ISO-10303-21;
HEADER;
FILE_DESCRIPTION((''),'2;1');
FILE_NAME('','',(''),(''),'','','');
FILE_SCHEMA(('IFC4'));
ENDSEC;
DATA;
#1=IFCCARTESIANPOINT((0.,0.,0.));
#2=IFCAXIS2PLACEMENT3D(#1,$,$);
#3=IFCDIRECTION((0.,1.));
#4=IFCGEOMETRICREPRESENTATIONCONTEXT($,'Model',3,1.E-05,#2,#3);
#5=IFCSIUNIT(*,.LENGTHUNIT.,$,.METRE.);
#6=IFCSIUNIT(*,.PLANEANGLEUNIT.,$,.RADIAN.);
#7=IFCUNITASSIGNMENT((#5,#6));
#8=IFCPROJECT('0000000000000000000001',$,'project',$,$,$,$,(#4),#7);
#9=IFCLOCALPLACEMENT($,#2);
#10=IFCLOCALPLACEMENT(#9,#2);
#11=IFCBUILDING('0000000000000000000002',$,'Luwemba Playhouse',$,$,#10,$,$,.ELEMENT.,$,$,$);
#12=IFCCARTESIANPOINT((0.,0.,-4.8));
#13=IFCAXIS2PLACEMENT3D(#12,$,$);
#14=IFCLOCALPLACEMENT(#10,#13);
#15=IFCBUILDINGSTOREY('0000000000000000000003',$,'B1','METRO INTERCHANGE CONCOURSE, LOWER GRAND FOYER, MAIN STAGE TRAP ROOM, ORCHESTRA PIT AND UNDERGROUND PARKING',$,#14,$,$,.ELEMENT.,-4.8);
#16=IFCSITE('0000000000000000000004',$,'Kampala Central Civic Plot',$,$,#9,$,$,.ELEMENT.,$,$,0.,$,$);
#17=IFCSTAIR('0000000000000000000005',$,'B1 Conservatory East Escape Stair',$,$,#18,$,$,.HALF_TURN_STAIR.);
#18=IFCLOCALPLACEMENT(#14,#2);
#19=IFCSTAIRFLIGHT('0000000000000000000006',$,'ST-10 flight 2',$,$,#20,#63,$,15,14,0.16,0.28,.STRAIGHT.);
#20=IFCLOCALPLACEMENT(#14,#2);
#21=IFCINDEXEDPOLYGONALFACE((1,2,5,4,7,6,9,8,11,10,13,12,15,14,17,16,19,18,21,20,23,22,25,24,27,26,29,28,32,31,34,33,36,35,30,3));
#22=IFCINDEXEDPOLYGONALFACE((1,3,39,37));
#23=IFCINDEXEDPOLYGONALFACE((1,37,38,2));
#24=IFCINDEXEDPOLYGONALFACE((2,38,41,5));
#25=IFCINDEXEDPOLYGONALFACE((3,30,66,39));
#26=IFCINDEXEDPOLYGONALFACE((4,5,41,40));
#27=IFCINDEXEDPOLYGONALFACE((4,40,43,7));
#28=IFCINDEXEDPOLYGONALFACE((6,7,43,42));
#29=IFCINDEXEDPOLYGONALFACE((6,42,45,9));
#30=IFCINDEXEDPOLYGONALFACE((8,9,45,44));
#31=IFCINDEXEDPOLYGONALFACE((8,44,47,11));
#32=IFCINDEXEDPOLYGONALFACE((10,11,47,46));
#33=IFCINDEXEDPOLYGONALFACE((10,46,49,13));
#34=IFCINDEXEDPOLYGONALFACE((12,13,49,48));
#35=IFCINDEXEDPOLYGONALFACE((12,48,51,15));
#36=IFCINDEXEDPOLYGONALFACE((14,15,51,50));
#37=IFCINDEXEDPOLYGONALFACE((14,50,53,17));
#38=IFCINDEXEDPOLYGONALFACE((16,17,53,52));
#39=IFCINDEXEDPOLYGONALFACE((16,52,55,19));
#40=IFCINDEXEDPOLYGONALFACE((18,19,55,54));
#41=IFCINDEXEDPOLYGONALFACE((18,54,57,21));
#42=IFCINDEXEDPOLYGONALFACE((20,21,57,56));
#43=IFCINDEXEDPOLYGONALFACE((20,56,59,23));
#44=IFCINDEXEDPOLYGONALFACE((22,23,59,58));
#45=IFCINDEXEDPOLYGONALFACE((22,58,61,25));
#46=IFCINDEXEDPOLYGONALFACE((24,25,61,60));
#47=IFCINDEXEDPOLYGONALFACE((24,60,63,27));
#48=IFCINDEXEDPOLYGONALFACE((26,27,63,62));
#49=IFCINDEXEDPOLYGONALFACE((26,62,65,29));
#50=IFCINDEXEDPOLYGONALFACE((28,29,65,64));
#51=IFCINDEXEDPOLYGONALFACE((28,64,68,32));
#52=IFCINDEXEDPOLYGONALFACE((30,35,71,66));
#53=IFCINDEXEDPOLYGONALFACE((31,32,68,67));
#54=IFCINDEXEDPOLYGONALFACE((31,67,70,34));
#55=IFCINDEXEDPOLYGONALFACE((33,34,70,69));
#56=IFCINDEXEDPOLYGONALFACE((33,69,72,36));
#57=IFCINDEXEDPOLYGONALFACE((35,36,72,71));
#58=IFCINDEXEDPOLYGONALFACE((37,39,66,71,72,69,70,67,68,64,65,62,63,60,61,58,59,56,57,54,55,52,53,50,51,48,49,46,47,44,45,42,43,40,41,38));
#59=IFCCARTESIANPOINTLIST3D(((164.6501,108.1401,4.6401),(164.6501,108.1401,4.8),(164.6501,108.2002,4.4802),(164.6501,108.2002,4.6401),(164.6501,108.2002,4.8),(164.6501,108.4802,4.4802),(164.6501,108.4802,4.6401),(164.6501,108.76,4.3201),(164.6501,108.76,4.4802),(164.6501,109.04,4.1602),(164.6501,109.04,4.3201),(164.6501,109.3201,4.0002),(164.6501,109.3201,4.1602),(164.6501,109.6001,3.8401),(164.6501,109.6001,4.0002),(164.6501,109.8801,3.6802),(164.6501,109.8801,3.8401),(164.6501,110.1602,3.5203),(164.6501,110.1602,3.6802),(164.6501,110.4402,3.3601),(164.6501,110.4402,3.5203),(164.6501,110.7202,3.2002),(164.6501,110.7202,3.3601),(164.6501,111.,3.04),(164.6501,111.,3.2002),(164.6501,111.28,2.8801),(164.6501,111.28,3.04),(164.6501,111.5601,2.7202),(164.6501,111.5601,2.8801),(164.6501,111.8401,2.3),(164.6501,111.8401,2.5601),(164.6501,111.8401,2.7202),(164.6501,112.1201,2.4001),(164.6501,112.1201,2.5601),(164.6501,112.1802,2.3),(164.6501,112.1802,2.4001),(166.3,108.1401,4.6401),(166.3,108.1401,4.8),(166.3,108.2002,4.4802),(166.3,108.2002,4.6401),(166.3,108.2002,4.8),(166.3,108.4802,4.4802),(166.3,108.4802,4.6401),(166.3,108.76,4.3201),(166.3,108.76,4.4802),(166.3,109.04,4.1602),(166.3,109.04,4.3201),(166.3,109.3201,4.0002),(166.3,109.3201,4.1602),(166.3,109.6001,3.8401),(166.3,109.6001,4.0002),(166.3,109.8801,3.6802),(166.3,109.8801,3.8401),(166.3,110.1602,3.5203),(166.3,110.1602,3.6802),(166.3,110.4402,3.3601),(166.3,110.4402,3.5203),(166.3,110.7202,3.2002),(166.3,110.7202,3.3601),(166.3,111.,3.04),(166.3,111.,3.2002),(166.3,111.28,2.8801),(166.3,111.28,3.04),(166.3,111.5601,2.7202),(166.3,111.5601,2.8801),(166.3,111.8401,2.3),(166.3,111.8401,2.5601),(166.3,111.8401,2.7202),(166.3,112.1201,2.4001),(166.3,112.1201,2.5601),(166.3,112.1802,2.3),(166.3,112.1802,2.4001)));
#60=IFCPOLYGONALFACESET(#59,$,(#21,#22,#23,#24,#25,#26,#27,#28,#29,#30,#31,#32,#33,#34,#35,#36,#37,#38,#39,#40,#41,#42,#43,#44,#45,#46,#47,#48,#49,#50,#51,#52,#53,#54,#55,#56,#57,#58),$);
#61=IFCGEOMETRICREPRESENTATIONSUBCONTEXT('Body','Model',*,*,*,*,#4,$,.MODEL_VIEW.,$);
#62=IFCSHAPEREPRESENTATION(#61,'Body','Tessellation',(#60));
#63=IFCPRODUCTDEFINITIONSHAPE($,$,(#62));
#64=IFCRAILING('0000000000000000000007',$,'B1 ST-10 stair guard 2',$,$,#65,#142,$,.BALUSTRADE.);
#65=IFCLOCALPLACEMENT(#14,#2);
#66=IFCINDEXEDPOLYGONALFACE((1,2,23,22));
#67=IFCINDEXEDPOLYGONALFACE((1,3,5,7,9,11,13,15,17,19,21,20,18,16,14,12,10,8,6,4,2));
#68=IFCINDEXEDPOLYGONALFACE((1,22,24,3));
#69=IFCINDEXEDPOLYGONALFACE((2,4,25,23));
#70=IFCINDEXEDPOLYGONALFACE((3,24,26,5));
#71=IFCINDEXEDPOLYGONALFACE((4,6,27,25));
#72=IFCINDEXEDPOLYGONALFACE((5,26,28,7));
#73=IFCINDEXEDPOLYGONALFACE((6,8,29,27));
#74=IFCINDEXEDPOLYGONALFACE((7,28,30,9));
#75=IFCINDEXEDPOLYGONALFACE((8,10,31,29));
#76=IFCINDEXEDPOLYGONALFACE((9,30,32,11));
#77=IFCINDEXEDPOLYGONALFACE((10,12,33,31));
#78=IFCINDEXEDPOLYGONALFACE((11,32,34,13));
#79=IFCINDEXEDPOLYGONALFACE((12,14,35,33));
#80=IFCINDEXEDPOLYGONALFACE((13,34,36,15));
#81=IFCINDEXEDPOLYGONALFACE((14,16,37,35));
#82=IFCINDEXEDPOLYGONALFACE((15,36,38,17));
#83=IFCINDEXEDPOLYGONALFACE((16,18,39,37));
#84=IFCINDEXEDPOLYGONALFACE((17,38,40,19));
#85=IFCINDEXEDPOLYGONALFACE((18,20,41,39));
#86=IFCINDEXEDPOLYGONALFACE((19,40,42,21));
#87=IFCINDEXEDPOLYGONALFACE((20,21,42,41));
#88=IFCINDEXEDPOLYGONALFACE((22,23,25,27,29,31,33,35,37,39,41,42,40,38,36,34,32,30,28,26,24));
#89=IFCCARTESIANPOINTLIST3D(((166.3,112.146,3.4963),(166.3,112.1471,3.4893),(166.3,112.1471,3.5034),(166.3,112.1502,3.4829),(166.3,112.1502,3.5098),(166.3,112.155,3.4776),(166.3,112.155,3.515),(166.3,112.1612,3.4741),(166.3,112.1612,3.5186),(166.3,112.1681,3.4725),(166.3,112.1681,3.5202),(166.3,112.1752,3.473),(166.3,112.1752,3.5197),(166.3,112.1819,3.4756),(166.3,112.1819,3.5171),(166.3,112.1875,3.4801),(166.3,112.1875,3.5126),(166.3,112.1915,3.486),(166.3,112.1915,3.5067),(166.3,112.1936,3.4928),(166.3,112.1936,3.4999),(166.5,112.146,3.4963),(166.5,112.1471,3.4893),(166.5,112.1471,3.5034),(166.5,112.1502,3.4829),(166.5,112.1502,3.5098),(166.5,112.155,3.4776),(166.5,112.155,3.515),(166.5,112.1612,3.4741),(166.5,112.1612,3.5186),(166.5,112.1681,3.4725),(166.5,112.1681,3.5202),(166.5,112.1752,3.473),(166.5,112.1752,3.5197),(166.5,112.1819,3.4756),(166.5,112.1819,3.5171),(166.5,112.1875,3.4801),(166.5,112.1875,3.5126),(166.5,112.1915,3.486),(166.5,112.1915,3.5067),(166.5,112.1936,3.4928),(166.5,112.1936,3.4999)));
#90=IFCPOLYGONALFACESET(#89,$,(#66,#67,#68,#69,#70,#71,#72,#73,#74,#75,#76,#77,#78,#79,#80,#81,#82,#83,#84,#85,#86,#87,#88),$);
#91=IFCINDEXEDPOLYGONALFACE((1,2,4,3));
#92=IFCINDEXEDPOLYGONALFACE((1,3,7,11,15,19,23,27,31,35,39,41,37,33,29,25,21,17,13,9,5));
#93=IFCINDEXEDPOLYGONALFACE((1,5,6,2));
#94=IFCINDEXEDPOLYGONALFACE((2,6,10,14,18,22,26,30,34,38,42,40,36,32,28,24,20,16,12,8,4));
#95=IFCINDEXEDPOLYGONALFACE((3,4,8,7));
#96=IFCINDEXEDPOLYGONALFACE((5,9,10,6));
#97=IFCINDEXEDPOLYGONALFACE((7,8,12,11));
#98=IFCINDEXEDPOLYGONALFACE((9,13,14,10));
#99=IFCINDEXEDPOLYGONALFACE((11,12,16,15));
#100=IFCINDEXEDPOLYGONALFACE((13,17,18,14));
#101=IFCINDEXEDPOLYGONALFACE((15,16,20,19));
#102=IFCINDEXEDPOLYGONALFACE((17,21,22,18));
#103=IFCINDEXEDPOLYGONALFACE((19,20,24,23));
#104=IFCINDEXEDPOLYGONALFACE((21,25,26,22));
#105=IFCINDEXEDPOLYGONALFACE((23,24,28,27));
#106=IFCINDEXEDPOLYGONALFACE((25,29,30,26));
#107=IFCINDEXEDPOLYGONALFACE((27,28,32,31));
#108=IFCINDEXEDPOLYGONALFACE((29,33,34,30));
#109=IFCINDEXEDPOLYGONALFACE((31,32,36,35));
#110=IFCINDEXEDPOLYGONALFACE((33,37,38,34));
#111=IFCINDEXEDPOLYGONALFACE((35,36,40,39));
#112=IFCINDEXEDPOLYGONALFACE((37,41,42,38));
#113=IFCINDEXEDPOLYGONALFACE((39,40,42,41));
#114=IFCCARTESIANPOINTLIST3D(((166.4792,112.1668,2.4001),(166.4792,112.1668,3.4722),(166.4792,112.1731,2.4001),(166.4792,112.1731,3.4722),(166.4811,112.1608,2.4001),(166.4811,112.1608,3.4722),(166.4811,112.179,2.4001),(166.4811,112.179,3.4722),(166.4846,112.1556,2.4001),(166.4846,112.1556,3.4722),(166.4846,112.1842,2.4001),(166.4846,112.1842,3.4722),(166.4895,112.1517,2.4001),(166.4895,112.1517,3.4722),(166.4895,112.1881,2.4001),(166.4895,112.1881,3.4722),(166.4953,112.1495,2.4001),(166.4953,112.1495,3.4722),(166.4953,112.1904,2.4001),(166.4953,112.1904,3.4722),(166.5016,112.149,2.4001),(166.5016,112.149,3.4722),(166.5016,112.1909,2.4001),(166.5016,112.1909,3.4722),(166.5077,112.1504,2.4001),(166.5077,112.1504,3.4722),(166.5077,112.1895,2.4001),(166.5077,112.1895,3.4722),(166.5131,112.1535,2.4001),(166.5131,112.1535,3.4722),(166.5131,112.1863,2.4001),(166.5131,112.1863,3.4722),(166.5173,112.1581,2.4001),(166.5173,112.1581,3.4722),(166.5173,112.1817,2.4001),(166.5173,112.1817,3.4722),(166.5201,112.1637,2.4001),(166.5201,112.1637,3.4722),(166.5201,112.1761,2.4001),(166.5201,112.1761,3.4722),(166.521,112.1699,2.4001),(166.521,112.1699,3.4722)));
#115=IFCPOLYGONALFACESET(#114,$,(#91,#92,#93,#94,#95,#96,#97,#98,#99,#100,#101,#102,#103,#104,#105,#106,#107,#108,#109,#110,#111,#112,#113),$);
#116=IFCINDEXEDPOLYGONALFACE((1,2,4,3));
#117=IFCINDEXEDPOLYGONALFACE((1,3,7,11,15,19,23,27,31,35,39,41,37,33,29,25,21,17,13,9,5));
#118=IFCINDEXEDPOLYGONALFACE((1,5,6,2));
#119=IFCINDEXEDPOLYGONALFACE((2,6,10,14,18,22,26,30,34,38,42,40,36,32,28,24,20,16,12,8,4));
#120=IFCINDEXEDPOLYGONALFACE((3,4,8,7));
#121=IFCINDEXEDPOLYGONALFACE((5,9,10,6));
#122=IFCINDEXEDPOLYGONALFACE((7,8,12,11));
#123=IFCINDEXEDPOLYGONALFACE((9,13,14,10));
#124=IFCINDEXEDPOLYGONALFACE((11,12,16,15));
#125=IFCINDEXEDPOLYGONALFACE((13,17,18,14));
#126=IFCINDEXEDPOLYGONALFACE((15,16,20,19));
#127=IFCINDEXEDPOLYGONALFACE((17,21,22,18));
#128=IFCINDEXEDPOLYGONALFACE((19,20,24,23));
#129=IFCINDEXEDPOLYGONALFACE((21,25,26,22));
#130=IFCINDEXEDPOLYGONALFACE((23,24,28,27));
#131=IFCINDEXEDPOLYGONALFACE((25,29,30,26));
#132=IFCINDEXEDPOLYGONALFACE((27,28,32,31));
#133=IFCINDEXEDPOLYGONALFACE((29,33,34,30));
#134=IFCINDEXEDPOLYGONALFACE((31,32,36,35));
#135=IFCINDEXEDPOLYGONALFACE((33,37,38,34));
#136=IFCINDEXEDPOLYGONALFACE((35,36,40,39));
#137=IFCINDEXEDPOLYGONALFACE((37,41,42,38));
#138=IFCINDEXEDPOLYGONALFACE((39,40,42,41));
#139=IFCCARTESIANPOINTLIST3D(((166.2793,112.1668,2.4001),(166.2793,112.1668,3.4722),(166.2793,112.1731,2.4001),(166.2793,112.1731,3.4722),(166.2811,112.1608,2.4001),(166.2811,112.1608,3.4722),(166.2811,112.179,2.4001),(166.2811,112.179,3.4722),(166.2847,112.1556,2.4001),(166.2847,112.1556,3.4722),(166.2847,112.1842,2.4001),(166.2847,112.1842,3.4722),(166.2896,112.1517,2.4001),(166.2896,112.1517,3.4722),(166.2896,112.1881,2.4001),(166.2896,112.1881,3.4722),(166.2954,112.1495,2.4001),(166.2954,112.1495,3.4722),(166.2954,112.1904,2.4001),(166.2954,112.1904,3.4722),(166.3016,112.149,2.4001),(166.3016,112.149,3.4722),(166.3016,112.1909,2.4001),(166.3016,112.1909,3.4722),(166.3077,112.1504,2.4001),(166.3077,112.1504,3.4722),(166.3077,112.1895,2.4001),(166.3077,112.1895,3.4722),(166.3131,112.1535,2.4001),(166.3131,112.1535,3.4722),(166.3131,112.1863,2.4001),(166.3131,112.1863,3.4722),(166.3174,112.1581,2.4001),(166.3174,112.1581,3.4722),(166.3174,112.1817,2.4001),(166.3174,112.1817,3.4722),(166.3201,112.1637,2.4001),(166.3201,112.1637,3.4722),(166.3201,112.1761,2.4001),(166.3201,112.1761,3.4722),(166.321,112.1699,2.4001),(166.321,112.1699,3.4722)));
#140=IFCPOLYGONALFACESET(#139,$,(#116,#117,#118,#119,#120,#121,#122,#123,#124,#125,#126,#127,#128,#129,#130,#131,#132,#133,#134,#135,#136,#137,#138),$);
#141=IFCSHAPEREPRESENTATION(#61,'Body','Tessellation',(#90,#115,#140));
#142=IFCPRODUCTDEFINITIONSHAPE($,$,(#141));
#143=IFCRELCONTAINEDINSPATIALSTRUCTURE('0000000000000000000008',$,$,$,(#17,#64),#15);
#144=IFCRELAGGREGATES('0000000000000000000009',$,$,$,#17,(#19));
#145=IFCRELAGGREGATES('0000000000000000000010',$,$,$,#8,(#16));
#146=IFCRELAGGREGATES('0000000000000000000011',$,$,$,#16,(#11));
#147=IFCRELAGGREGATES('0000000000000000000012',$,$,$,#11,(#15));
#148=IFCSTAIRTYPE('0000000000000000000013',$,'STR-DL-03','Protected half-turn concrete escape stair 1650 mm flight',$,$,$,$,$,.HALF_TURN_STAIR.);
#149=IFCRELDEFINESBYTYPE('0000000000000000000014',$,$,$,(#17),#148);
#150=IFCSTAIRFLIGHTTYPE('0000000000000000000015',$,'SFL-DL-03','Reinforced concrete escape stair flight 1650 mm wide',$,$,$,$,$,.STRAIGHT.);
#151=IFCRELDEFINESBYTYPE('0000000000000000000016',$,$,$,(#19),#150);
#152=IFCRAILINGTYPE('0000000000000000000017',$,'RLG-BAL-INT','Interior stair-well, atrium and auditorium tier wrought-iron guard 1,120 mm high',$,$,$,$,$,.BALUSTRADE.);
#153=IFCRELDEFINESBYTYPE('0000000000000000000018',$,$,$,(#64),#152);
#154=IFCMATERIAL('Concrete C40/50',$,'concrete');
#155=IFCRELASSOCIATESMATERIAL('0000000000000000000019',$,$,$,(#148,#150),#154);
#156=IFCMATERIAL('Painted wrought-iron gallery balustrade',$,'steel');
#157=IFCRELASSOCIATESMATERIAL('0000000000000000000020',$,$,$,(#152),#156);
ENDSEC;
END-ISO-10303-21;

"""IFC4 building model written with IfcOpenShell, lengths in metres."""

from ifc_helpers import new_model, si_unit, direction, frame, origin, origin_2d, place, context, subcontext, project, spatial, polyline, circle, outline, extrude, material, type_object, element, aggregate, save


model = new_model("IFC4")

# Units and contexts
model_context = context("Model", 3, precision=1e-05, world=origin(), true_north=direction((0.0, 1.0)))
body_context = subcontext(model_context, "Body", "Model", "MODEL_VIEW")
ifc_project = project(units=[si_unit("LENGTHUNIT", "METRE"), si_unit("PLANEANGLEUNIT", "RADIAN")], contexts=[model_context])

# Site, building, storey
site_placement = place(None, origin())
site = spatial("IfcSite", under=ifc_project, at=site_placement, Name="Kampala Central Civic Plot", CompositionType="ELEMENT", RefElevation=0.0)
building_placement = place(site_placement, origin())
building = spatial("IfcBuilding", under=site, at=building_placement, Name="Luwemba Playhouse", CompositionType="ELEMENT")
storey_placement = place(building_placement, frame((0.0, 0.0, -4.8)))
storey = spatial("IfcBuildingStorey", under=building, at=storey_placement, Name="B1", Description="METRO INTERCHANGE CONCOURSE, LOWER GRAND FOYER, MAIN STAGE TRAP ROOM, ORCHESTRA PIT AND UNDERGROUND PARKING", CompositionType="ELEMENT", Elevation=-4.8)

# Shared definitions
ifc_material_1 = material(Name="Concrete C40/50", Category="concrete")

# Stair, stair flight
stair_type = type_object("IfcStairType", Name="STR-DL-03", Description="Protected half-turn concrete escape stair 1650 mm flight", PredefinedType="HALF_TURN_STAIR", material=ifc_material_1)
stair_placement = place(storey_placement, origin())
stair = element("IfcStair", 1, at=stair_placement, inside=storey, type_object=stair_type, Name="B1 Conservatory East Escape Stair", PredefinedType="HALF_TURN_STAIR")
stair_flight_type = type_object("IfcStairFlightType", Name="SFL-DL-03", Description="Reinforced concrete escape stair flight 1650 mm wide", PredefinedType="STRAIGHT", material=ifc_material_1)
stair_flight_placement = place(storey_placement, frame((165.4751, 112.1201, 2.4001), z_axis=(0.0, 0.0, 1.0), x_axis=(0.0, -1.0, 0.0)))
stair_flight = element("IfcStairFlight", 2, at=stair_flight_placement, type_object=stair_flight_type, Name="ST-10 flight 2", NumberOfRisers=15, NumberOfTreads=14, PredefinedType="STRAIGHT", RiserHeight=0.16, TreadLength=0.28, context=body_context, shape_type="SweptSolid", body=[
    extrude(outline(polyline([(-0.0601, -0.1001), (-0.0601, 0.0), (0.0, 0.0), (0.0, 0.1599), (0.28, 0.1599), (0.28, 0.3201), (0.5601, 0.3201), (0.5601, 0.48), (0.8401, 0.48), (0.8401, 0.6399), (1.1201, 0.6399), (1.1201, 0.8), (1.3999, 0.8), (1.3999, 0.96), (1.6799, 0.96), (1.6799, 1.1201), (1.96, 1.1201), (1.96, 1.28), (2.24, 1.28), (2.24, 1.4399), (2.52, 1.4399), (2.52, 1.6001), (2.8, 1.6001), (2.8, 1.76), (3.0801, 1.76), (3.0801, 1.9199), (3.3601, 1.9199), (3.3601, 2.0801), (3.6399, 2.0801), (3.6399, 2.24), (3.9199, 2.24), (3.9199, 2.3999), (3.98, 2.3999), (3.98, 2.24), (3.9199, 2.0801), (0.28, -0.1001), (-0.0601, -0.1001)])), frame((0.0, 0.825, 0.0), z_axis=(0.0, -1.0, 0.0), x_axis=(1.0, 0.0, 0.0)), (0.0, 0.0, 1.0), 1.6499),
])
aggregate(stair, [stair_flight])

# Railing
ifc_material_2 = material(Name="Painted wrought-iron gallery balustrade", Category="steel")
railing_type_1 = type_object("IfcRailingType", Name="RLG-BAL-INT", Description="Interior stair-well, atrium and auditorium tier wrought-iron guard 1,120 mm high", PredefinedType="BALUSTRADE", material=ifc_material_2)
railing_1_placement = place(storey_placement, frame((166.5, 112.1699, 2.4001)))
element("IfcRailing", 3, at=railing_1_placement, inside=storey, type_object=railing_type_1, Name="B1 ST-10 stair guard 2", PredefinedType="BALUSTRADE", context=body_context, shape_type="SweptSolid", body=[
    extrude(circle(Radius=0.0239, at=origin_2d()), frame((0.0, 0.0, 1.0962), z_axis=(-1.0, 0.0, 0.0), x_axis=(0.0, -1.0, 0.0)), (0.0, 0.0, 1.0), 0.2),
    extrude(circle(Radius=0.021, at=origin_2d()), origin(), (0.0, 0.0, 1.0), 1.072),
    extrude(circle(Radius=0.021, at=origin_2d()), frame((-0.2, 0.0, 0.0)), (0.0, 0.0, 1.0), 1.072),
])

save(model, "model.ifc")
